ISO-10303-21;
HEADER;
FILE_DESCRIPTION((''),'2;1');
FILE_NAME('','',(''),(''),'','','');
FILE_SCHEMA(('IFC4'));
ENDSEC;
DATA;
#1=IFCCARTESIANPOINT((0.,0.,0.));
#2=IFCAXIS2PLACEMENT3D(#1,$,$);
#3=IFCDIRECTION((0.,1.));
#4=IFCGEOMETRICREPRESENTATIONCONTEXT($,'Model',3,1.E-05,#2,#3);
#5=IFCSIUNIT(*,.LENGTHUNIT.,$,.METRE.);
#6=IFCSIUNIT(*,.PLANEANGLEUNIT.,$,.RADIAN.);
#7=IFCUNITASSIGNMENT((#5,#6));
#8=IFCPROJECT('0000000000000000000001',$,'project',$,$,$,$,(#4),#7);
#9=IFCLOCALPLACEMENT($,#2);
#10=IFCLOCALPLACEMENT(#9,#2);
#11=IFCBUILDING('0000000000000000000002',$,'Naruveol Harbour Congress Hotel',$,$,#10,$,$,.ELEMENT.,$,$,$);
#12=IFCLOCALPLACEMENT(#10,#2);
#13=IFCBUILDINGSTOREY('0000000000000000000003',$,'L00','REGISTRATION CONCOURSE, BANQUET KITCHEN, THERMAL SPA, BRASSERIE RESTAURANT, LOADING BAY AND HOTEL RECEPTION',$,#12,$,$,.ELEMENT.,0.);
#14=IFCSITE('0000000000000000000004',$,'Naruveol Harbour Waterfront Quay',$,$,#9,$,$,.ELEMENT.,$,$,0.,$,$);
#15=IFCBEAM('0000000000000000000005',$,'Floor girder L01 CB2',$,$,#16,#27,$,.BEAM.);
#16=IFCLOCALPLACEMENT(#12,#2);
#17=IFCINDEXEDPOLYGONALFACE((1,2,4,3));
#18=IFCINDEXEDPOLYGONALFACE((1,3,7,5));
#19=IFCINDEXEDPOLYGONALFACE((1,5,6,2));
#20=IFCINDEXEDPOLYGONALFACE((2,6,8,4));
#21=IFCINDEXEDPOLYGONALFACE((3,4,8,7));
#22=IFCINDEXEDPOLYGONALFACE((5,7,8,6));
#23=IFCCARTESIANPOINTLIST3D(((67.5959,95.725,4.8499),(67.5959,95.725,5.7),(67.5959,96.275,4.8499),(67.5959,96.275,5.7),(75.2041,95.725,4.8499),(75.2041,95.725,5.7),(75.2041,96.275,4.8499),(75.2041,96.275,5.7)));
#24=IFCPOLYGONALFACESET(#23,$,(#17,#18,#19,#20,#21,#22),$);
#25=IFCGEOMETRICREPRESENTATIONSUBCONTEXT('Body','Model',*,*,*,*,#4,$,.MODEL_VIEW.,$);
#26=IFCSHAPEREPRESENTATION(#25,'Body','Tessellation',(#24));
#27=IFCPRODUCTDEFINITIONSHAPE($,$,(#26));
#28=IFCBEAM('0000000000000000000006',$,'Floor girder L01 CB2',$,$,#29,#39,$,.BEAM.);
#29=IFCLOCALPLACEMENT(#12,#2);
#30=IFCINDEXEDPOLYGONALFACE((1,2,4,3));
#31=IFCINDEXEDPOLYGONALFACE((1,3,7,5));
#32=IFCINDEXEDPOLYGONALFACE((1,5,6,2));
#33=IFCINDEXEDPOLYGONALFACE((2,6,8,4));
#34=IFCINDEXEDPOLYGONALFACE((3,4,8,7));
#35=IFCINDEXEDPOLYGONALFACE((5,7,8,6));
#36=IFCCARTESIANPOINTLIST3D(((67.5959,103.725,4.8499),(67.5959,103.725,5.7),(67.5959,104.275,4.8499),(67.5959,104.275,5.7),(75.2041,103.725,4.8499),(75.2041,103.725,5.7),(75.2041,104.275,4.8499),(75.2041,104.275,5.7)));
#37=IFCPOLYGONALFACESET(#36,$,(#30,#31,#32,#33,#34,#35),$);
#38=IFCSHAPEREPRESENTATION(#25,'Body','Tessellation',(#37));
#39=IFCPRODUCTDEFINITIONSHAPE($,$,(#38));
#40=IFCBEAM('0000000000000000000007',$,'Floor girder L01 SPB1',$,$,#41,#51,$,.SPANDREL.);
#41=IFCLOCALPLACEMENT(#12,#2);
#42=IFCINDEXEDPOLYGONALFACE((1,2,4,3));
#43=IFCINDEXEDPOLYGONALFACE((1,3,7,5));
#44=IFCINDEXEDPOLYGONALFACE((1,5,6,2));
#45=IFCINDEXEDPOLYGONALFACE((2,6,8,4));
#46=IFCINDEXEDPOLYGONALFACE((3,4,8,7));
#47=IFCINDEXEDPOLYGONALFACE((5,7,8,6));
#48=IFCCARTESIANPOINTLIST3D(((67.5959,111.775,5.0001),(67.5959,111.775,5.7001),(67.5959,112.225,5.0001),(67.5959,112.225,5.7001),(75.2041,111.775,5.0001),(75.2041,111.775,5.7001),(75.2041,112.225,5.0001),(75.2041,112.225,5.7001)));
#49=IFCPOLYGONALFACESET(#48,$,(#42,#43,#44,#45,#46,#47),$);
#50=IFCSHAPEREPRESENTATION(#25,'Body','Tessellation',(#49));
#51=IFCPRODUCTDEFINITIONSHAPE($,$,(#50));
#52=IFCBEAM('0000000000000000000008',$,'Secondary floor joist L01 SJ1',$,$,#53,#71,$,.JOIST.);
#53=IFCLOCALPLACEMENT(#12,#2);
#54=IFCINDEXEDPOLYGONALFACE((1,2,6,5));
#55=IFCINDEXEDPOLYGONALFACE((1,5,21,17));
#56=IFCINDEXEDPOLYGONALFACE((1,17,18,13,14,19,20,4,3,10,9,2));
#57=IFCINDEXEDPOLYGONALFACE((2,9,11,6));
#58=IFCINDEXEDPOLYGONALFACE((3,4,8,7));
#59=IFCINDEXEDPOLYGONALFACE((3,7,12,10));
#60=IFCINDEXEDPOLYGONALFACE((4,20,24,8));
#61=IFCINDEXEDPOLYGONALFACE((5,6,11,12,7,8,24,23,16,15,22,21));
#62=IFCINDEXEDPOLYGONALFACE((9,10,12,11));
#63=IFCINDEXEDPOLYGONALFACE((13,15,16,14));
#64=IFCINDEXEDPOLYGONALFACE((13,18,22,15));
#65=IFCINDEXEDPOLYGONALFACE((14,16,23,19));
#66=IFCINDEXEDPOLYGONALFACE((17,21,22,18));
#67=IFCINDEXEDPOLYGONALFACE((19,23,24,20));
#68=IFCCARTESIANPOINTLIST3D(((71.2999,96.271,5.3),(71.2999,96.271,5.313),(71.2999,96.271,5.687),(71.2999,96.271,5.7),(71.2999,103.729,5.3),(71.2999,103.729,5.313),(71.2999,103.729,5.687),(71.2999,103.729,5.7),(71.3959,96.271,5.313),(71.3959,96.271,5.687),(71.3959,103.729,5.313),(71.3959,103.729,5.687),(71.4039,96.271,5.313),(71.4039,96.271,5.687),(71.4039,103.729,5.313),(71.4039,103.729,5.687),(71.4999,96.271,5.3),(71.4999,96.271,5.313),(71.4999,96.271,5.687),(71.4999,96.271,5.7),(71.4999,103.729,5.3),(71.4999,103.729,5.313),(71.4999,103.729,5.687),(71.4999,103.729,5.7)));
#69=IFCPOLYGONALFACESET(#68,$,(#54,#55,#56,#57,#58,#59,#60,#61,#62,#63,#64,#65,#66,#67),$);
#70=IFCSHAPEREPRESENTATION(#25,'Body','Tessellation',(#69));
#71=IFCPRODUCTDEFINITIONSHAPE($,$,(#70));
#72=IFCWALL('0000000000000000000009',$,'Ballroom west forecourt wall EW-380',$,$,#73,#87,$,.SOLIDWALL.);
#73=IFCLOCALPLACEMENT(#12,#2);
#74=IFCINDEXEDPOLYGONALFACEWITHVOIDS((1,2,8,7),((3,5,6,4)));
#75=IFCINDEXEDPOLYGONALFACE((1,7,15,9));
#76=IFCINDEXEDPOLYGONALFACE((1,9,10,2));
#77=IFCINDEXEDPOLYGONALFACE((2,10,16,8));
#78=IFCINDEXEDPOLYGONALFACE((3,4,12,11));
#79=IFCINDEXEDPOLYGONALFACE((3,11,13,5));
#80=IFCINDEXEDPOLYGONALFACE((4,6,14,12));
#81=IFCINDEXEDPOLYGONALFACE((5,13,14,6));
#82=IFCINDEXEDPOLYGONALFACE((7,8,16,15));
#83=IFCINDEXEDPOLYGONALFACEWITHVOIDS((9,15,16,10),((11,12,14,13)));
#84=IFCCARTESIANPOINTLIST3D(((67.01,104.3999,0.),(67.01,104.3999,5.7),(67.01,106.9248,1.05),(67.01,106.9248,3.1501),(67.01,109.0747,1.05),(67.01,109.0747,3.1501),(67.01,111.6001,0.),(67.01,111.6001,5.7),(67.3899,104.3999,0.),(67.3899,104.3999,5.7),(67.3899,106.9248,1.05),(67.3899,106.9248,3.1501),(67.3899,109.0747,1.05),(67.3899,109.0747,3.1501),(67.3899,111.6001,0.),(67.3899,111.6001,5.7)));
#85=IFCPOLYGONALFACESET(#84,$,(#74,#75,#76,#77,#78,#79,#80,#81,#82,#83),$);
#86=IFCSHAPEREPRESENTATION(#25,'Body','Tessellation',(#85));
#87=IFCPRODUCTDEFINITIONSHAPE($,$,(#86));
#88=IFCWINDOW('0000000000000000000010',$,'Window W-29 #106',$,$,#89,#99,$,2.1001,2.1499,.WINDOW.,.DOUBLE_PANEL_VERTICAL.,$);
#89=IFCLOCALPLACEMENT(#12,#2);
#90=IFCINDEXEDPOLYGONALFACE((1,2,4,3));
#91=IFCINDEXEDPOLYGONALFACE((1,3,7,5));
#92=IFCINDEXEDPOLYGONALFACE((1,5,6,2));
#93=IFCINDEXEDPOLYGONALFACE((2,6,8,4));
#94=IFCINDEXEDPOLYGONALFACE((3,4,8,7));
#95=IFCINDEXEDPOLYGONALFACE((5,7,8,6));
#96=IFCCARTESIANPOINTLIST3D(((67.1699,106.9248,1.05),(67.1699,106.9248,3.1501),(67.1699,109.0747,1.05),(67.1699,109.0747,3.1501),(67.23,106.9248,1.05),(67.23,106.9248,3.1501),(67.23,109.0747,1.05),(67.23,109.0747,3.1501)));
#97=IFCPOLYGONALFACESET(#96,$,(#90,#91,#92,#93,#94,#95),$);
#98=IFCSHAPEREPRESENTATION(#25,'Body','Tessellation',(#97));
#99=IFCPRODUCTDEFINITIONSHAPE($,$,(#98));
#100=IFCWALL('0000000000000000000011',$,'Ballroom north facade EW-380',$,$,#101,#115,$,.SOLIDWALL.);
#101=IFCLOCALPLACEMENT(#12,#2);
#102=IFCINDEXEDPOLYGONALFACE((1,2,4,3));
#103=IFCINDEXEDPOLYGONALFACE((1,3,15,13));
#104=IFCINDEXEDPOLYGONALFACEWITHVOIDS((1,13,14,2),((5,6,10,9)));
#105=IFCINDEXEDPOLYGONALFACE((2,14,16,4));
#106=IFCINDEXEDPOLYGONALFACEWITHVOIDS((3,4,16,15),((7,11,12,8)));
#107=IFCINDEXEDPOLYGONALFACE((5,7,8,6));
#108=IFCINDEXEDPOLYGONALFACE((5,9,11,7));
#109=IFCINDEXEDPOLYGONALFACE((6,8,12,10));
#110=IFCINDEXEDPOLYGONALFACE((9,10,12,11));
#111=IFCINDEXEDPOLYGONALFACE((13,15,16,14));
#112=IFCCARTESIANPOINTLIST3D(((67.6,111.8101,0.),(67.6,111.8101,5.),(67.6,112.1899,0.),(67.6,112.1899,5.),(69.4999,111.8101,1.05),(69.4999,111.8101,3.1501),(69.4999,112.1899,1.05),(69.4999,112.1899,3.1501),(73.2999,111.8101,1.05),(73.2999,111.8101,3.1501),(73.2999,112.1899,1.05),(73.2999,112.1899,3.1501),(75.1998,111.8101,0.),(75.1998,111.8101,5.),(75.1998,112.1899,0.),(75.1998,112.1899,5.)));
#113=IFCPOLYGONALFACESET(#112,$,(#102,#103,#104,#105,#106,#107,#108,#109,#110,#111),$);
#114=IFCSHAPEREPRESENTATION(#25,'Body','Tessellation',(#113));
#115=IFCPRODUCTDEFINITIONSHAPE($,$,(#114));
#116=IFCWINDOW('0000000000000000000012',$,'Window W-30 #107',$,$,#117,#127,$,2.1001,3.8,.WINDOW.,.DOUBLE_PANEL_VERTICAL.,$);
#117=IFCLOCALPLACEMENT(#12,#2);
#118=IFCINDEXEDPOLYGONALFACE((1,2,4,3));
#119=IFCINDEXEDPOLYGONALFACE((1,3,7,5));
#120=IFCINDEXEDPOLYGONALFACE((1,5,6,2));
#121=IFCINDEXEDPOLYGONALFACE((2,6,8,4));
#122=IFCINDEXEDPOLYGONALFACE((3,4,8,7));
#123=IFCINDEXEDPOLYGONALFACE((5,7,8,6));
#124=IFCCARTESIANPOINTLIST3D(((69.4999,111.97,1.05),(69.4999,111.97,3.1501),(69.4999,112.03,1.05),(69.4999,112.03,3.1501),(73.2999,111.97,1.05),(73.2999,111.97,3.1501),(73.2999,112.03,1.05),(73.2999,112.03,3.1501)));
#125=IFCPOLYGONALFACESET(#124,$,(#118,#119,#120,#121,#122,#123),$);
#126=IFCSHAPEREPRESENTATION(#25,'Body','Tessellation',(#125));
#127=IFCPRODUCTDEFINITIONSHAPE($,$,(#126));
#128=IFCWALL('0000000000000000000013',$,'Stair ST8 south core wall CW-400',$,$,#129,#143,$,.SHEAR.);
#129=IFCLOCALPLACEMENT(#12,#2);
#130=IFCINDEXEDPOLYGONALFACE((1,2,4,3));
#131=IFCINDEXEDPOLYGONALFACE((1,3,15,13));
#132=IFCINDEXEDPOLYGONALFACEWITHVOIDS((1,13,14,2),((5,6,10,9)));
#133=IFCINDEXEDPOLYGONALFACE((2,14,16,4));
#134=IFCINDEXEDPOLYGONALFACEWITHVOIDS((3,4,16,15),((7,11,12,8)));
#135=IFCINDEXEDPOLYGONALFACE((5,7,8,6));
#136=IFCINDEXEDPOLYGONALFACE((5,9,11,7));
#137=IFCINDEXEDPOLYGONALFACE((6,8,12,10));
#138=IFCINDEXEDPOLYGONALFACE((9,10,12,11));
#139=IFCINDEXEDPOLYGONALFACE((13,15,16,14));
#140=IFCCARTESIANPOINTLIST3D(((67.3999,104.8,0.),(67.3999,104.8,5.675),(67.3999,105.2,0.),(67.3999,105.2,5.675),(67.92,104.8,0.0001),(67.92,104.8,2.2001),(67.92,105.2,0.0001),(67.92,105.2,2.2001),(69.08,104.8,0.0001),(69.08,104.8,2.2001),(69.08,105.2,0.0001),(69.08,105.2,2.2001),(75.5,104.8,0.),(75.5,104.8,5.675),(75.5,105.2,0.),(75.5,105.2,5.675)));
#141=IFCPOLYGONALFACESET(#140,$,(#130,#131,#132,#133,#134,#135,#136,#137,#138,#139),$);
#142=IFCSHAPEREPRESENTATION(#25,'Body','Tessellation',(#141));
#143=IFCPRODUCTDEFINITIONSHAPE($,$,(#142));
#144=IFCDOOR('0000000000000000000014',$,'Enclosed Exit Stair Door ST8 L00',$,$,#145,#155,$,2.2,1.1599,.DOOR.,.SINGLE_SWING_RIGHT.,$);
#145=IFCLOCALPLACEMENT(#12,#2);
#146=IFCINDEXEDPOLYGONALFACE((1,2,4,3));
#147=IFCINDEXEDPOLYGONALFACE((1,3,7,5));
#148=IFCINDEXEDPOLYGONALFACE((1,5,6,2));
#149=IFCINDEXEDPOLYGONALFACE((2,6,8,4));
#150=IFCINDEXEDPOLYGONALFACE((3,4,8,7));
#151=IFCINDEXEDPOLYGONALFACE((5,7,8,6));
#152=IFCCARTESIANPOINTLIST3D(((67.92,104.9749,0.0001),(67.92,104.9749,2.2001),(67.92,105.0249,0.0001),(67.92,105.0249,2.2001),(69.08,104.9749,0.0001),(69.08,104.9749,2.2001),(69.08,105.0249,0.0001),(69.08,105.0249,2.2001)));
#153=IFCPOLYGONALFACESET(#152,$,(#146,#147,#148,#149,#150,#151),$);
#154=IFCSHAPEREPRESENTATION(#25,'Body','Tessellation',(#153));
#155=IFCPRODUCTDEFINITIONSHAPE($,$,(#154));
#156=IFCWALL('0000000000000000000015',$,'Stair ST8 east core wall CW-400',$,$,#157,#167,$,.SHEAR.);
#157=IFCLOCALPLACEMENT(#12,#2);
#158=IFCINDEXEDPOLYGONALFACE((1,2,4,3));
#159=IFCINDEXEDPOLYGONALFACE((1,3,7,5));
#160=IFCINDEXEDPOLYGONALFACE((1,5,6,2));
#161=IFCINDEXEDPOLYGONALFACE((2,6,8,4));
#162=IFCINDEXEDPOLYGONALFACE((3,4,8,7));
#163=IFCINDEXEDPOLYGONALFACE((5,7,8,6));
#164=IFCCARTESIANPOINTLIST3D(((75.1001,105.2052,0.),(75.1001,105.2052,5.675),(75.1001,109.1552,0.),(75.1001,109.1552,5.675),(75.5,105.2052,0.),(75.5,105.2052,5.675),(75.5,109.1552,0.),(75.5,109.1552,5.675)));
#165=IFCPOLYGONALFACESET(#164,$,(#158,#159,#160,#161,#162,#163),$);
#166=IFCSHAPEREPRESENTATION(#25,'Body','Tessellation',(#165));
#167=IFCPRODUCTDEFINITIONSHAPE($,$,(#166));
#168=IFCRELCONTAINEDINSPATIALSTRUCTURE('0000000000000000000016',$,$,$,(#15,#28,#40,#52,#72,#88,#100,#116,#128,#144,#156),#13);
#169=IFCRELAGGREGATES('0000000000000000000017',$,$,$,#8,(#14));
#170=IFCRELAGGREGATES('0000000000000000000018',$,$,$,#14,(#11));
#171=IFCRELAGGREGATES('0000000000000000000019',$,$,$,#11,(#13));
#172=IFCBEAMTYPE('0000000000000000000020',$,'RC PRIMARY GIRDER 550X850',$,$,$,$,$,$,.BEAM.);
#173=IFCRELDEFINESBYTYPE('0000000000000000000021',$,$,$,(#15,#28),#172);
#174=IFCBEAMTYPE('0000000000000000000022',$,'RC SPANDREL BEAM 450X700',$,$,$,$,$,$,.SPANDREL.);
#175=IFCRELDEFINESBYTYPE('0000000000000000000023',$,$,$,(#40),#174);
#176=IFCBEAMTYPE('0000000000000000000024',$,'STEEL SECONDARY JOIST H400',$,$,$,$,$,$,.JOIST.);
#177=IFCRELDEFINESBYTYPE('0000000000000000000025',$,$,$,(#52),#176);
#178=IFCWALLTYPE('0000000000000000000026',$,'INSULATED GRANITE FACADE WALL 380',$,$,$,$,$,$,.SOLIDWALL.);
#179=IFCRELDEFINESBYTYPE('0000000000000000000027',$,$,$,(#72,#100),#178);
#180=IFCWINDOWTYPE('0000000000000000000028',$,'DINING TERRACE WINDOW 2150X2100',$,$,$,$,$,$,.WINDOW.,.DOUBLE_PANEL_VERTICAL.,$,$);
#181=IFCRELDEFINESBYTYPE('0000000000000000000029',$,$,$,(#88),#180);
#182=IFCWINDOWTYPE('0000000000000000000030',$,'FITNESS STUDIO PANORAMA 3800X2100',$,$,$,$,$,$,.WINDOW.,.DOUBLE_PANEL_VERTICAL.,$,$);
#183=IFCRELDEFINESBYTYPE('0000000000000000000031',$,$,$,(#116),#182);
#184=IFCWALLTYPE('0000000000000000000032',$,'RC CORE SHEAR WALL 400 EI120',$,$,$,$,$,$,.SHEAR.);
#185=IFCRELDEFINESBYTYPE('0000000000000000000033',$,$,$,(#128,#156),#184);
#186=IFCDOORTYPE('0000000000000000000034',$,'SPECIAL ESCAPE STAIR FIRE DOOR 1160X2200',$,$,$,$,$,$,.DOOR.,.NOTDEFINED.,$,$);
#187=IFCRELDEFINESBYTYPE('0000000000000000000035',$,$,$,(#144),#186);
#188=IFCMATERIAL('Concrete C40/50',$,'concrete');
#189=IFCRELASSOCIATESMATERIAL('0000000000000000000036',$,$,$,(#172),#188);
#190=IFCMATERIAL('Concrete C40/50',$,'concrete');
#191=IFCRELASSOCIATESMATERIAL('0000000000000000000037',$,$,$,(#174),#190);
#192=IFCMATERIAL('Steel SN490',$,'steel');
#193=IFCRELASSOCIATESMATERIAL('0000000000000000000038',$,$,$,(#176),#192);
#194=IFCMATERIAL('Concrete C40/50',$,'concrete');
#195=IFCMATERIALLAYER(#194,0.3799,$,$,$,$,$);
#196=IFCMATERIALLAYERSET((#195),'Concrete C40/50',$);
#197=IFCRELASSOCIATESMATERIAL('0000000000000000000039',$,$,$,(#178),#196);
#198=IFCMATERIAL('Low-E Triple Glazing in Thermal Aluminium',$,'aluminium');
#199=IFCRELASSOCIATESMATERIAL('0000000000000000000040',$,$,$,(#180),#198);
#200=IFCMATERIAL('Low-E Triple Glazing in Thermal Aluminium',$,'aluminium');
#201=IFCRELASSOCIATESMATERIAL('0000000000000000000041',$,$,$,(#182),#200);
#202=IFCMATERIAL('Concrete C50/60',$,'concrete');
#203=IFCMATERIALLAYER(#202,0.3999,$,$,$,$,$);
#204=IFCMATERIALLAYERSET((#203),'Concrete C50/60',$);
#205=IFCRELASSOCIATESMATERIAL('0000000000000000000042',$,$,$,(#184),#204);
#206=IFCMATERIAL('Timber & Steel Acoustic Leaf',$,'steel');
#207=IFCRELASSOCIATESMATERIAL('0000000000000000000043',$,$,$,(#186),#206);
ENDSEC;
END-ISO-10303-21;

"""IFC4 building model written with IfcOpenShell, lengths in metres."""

from ifc_helpers import new_model, si_unit, direction, frame, frame_2d, origin, origin_2d, place, context, subcontext, project, spatial, rectangle, i_section, extrude, material, layer, layer_set, material_profile, profile_set, type_object, element, fill, save


model = new_model("IFC4")

# Units and contexts
model_context = context("Model", 3, precision=1e-05, world=origin(), true_north=direction((0.0, 1.0)))
body_context = subcontext(model_context, "Body", "Model", "MODEL_VIEW")
ifc_project = project(units=[si_unit("LENGTHUNIT", "METRE"), si_unit("PLANEANGLEUNIT", "RADIAN")], contexts=[model_context])

# Site, building, storey
site_placement = place(None, origin())
site = spatial("IfcSite", under=ifc_project, at=site_placement, Name="Naruveol Harbour Waterfront Quay", CompositionType="ELEMENT", RefElevation=0.0)
building_placement = place(site_placement, origin())
building = spatial("IfcBuilding", under=site, at=building_placement, Name="Naruveol Harbour Congress Hotel", CompositionType="ELEMENT")
storey_placement = place(building_placement, origin())
storey = spatial("IfcBuildingStorey", under=building, at=storey_placement, Name="L00", Description="REGISTRATION CONCOURSE, BANQUET KITCHEN, THERMAL SPA, BRASSERIE RESTAURANT, LOADING BAY AND HOTEL RECEPTION", CompositionType="ELEMENT", Elevation=0.0)

# Beams
ifc_material_1 = material(Name="Concrete C40/50", Category="concrete")
ifc_material_profile_1 = material_profile(ifc_material_1, rectangle(XDim=0.55, YDim=0.8501, at=origin_2d()), Name="RCB-550x850")
ifc_profile_set_1 = profile_set([ifc_material_profile_1], Name="Concrete C40/50")
beam_type_1 = type_object("IfcBeamType", Name="RC PRIMARY GIRDER 550X850", PredefinedType="BEAM", material=ifc_profile_set_1)
for number, where, z_axis, x_axis, name in (
    (1, (67.5959, 96.0, 5.2749), (1.0, 0.0, 0.0), (0.0, 1.0, 0.0), "Floor girder L01 CB2"),
    (2, (67.5959, 104.0, 5.2749), (1.0, 0.0, 0.0), (0.0, 1.0, 0.0), "Floor girder L01 CB2"),
):
    element("IfcBeam", number, at=place(storey_placement, frame(where, z_axis=z_axis, x_axis=x_axis)), inside=storey, type_object=beam_type_1, Name=name, PredefinedType="BEAM", context=body_context, shape_type="SweptSolid", body=[
        extrude(rectangle(XDim=0.55, YDim=0.8501, at=origin_2d()), origin(), (0.0, 0.0, 1.0), 7.6082),
    ])
ifc_material_2 = material(Name="Concrete C40/50", Category="concrete")
ifc_material_profile_2 = material_profile(ifc_material_2, rectangle(XDim=0.45, YDim=0.7, at=origin_2d()), Name="RCB-450x700")
ifc_profile_set_2 = profile_set([ifc_material_profile_2], Name="Concrete C40/50")
beam_type_2 = type_object("IfcBeamType", Name="RC SPANDREL BEAM 450X700", PredefinedType="SPANDREL", material=ifc_profile_set_2)
beam_1_placement = place(storey_placement, frame((67.5959, 112.0, 5.3501), z_axis=(1.0, 0.0, 0.0), x_axis=(0.0, 1.0, 0.0)))
element("IfcBeam", 3, at=beam_1_placement, inside=storey, type_object=beam_type_2, Name="Floor girder L01 SPB1", PredefinedType="SPANDREL", context=body_context, shape_type="SweptSolid", body=[
    extrude(rectangle(XDim=0.45, YDim=0.7, at=origin_2d()), origin(), (0.0, 0.0, 1.0), 7.6082),
])
ifc_material_3 = material(Name="Steel SN490", Category="steel")
ifc_material_profile_3 = material_profile(ifc_material_3, i_section(OverallWidth=0.2, OverallDepth=0.3999, WebThickness=0.0081, FlangeThickness=0.0129, at=origin_2d()), Name="H-400x200x8x13")
ifc_profile_set_3 = profile_set([ifc_material_profile_3], Name="Steel SN490")
beam_type_3 = type_object("IfcBeamType", Name="STEEL SECONDARY JOIST H400", PredefinedType="JOIST", material=ifc_profile_set_3)
beam_2_placement = place(storey_placement, frame((71.3999, 96.271, 5.5), z_axis=(0.0, 1.0, 0.0), x_axis=(-1.0, 0.0, 0.0)))
element("IfcBeam", 4, at=beam_2_placement, inside=storey, type_object=beam_type_3, Name="Secondary floor joist L01 SJ1", PredefinedType="JOIST", context=body_context, shape_type="SweptSolid", body=[
    extrude(i_section(OverallWidth=0.2, OverallDepth=0.3999, WebThickness=0.0081, FlangeThickness=0.0129, at=origin_2d()), origin(), (0.0, 0.0, 1.0), 7.458),
])

# Walls, openings, windows
ifc_material_4 = material(Name="Concrete C40/50", Category="concrete")
ifc_layer_1 = layer(ifc_material_4, 0.3799)
ifc_layer_set_1 = layer_set([ifc_layer_1], Name="Concrete C40/50")
wall_type_1 = type_object("IfcWallType", Name="INSULATED GRANITE FACADE WALL 380", PredefinedType="SOLIDWALL", material=ifc_layer_set_1)
wall_1_placement = place(storey_placement, frame((67.2, 104.3999, 0.0), z_axis=(0.0, 0.0, 1.0), x_axis=(0.0, 1.0, 0.0)))
wall_1 = element("IfcWall", 5, at=wall_1_placement, inside=storey, type_object=wall_type_1, Name="Ballroom west forecourt wall EW-380", PredefinedType="SOLIDWALL", context=body_context, shape_type="SweptSolid", body=[
    extrude(rectangle(XDim=7.2002, YDim=0.3799, at=frame_2d((3.6001, 0.0))), origin(), (0.0, 0.0, 1.0), 5.7),
])
opening_1_placement = place(wall_1_placement, frame((2.5249, 0.0, 1.05)))
opening_1 = element("IfcOpeningElement", 6, at=opening_1_placement, cuts=wall_1, PredefinedType="OPENING", context=body_context, shape_type="SweptSolid", body=[
    extrude(rectangle(XDim=2.1499, YDim=2.1001, at=frame_2d((1.075, 1.05))), frame((0.0, 0.2, 0.0), z_axis=(0.0, -1.0, 0.0), x_axis=(1.0, 0.0, 0.0)), (0.0, 0.0, 1.0), 0.3999),
])
ifc_material_5 = material(Name="Low-E Triple Glazing in Thermal Aluminium", Category="aluminium")
window_type_1 = type_object("IfcWindowType", Name="DINING TERRACE WINDOW 2150X2100", PartitioningType="DOUBLE_PANEL_VERTICAL", PredefinedType="WINDOW", material=ifc_material_5)
window_1_placement = place(opening_1_placement, origin())
window_1 = element("IfcWindow", 7, at=window_1_placement, inside=storey, type_object=window_type_1, Name="Window W-29 #106", OverallHeight=2.1001, OverallWidth=2.1499, PartitioningType="DOUBLE_PANEL_VERTICAL", PredefinedType="WINDOW", context=body_context, shape_type="SweptSolid", body=[
    extrude(rectangle(XDim=2.1499, YDim=2.1001, at=frame_2d((1.075, 1.05))), frame((0.0, 0.03, 0.0), z_axis=(0.0, -1.0, 0.0), x_axis=(1.0, 0.0, 0.0)), (0.0, 0.0, 1.0), 0.0601),
])
fill(opening_1, window_1)
wall_2_placement = place(storey_placement, frame((67.6001, 112.0, 0.0), z_axis=(0.0, 0.0, 1.0), x_axis=(1.0, 0.0, 0.0)))
wall_2 = element("IfcWall", 8, at=wall_2_placement, inside=storey, type_object=wall_type_1, Name="Ballroom north facade EW-380", PredefinedType="SOLIDWALL", context=body_context, shape_type="SweptSolid", body=[
    extrude(rectangle(XDim=7.5999, YDim=0.3799, at=frame_2d((3.7998, 0.0))), origin(), (0.0, 0.0, 1.0), 5.0),
])
opening_2_placement = place(wall_2_placement, frame((1.8999, 0.0, 1.05)))
opening_2 = element("IfcOpeningElement", 9, at=opening_2_placement, cuts=wall_2, PredefinedType="OPENING", context=body_context, shape_type="SweptSolid", body=[
    extrude(rectangle(XDim=3.8, YDim=2.1001, at=frame_2d((1.8999, 1.05))), frame((0.0, 0.2, 0.0), z_axis=(0.0, -1.0, 0.0), x_axis=(1.0, 0.0, 0.0)), (0.0, 0.0, 1.0), 0.3999),
])
ifc_material_6 = material(Name="Low-E Triple Glazing in Thermal Aluminium", Category="aluminium")
window_type_2 = type_object("IfcWindowType", Name="FITNESS STUDIO PANORAMA 3800X2100", PartitioningType="DOUBLE_PANEL_VERTICAL", PredefinedType="WINDOW", material=ifc_material_6)
window_2_placement = place(opening_2_placement, origin())
window_2 = element("IfcWindow", 10, at=window_2_placement, inside=storey, type_object=window_type_2, Name="Window W-30 #107", OverallHeight=2.1001, OverallWidth=3.8, PartitioningType="DOUBLE_PANEL_VERTICAL", PredefinedType="WINDOW", context=body_context, shape_type="SweptSolid", body=[
    extrude(rectangle(XDim=3.8, YDim=2.1001, at=frame_2d((1.8999, 1.05))), frame((0.0, 0.03, 0.0), z_axis=(0.0, -1.0, 0.0), x_axis=(1.0, 0.0, 0.0)), (0.0, 0.0, 1.0), 0.0601),
])
fill(opening_2, window_2)

# Wall, opening, door
ifc_material_7 = material(Name="Concrete C50/60", Category="concrete")
ifc_layer_2 = layer(ifc_material_7, 0.3999)
ifc_layer_set_2 = layer_set([ifc_layer_2], Name="Concrete C50/60")
wall_type_2 = type_object("IfcWallType", Name="RC CORE SHEAR WALL 400 EI120", PredefinedType="SHEAR", material=ifc_layer_set_2)
wall_3_placement = place(storey_placement, frame((67.3999, 105.0, 0.0), z_axis=(0.0, 0.0, 1.0), x_axis=(1.0, 0.0, 0.0)))
wall_3 = element("IfcWall", 11, at=wall_3_placement, inside=storey, type_object=wall_type_2, Name="Stair ST8 south core wall CW-400", PredefinedType="SHEAR", context=body_context, shape_type="SweptSolid", body=[
    extrude(rectangle(XDim=8.1001, YDim=0.3999, at=frame_2d((4.05, 0.0))), origin(), (0.0, 0.0, 1.0), 5.675),
])
opening_3_placement = place(wall_3_placement, frame((0.52, 0.0, 0.0)))
opening_3 = element("IfcOpeningElement", 12, at=opening_3_placement, cuts=wall_3, PredefinedType="OPENING", context=body_context, shape_type="SweptSolid", body=[
    extrude(rectangle(XDim=1.1599, YDim=2.2, at=frame_2d((0.5801, 1.1001))), frame((0.0, 0.21, 0.0), z_axis=(0.0, -1.0, 0.0), x_axis=(1.0, 0.0, 0.0)), (0.0, 0.0, 1.0), 0.4199),
])
ifc_material_8 = material(Name="Timber & Steel Acoustic Leaf", Category="steel")
door_type = type_object("IfcDoorType", Name="SPECIAL ESCAPE STAIR FIRE DOOR 1160X2200", OperationType="NOTDEFINED", PredefinedType="DOOR", material=ifc_material_8)
door_placement = place(opening_3_placement, origin())
door = element("IfcDoor", 13, at=door_placement, inside=storey, type_object=door_type, Name="Enclosed Exit Stair Door ST8 L00", OperationType="SINGLE_SWING_RIGHT", OverallHeight=2.2, OverallWidth=1.1599, PredefinedType="DOOR", context=body_context, shape_type="SweptSolid", body=[
    extrude(rectangle(XDim=1.1599, YDim=2.2, at=frame_2d((0.5801, 1.1001))), frame((0.0, 0.0249, 0.0), z_axis=(0.0, -1.0, 0.0), x_axis=(1.0, 0.0, 0.0)), (0.0, 0.0, 1.0), 0.05),
])
fill(opening_3, door)

# Wall
wall_4_placement = place(storey_placement, frame((75.3, 105.2051, 0.0), z_axis=(0.0, 0.0, 1.0), x_axis=(0.0, 1.0, 0.0)))
element("IfcWall", 14, at=wall_4_placement, inside=storey, type_object=wall_type_2, Name="Stair ST8 east core wall CW-400", PredefinedType="SHEAR", context=body_context, shape_type="SweptSolid", body=[
    extrude(rectangle(XDim=3.95, YDim=0.3999, at=frame_2d((1.9751, 0.0))), origin(), (0.0, 0.0, 1.0), 5.675),
])

save(model, "model.ifc")
